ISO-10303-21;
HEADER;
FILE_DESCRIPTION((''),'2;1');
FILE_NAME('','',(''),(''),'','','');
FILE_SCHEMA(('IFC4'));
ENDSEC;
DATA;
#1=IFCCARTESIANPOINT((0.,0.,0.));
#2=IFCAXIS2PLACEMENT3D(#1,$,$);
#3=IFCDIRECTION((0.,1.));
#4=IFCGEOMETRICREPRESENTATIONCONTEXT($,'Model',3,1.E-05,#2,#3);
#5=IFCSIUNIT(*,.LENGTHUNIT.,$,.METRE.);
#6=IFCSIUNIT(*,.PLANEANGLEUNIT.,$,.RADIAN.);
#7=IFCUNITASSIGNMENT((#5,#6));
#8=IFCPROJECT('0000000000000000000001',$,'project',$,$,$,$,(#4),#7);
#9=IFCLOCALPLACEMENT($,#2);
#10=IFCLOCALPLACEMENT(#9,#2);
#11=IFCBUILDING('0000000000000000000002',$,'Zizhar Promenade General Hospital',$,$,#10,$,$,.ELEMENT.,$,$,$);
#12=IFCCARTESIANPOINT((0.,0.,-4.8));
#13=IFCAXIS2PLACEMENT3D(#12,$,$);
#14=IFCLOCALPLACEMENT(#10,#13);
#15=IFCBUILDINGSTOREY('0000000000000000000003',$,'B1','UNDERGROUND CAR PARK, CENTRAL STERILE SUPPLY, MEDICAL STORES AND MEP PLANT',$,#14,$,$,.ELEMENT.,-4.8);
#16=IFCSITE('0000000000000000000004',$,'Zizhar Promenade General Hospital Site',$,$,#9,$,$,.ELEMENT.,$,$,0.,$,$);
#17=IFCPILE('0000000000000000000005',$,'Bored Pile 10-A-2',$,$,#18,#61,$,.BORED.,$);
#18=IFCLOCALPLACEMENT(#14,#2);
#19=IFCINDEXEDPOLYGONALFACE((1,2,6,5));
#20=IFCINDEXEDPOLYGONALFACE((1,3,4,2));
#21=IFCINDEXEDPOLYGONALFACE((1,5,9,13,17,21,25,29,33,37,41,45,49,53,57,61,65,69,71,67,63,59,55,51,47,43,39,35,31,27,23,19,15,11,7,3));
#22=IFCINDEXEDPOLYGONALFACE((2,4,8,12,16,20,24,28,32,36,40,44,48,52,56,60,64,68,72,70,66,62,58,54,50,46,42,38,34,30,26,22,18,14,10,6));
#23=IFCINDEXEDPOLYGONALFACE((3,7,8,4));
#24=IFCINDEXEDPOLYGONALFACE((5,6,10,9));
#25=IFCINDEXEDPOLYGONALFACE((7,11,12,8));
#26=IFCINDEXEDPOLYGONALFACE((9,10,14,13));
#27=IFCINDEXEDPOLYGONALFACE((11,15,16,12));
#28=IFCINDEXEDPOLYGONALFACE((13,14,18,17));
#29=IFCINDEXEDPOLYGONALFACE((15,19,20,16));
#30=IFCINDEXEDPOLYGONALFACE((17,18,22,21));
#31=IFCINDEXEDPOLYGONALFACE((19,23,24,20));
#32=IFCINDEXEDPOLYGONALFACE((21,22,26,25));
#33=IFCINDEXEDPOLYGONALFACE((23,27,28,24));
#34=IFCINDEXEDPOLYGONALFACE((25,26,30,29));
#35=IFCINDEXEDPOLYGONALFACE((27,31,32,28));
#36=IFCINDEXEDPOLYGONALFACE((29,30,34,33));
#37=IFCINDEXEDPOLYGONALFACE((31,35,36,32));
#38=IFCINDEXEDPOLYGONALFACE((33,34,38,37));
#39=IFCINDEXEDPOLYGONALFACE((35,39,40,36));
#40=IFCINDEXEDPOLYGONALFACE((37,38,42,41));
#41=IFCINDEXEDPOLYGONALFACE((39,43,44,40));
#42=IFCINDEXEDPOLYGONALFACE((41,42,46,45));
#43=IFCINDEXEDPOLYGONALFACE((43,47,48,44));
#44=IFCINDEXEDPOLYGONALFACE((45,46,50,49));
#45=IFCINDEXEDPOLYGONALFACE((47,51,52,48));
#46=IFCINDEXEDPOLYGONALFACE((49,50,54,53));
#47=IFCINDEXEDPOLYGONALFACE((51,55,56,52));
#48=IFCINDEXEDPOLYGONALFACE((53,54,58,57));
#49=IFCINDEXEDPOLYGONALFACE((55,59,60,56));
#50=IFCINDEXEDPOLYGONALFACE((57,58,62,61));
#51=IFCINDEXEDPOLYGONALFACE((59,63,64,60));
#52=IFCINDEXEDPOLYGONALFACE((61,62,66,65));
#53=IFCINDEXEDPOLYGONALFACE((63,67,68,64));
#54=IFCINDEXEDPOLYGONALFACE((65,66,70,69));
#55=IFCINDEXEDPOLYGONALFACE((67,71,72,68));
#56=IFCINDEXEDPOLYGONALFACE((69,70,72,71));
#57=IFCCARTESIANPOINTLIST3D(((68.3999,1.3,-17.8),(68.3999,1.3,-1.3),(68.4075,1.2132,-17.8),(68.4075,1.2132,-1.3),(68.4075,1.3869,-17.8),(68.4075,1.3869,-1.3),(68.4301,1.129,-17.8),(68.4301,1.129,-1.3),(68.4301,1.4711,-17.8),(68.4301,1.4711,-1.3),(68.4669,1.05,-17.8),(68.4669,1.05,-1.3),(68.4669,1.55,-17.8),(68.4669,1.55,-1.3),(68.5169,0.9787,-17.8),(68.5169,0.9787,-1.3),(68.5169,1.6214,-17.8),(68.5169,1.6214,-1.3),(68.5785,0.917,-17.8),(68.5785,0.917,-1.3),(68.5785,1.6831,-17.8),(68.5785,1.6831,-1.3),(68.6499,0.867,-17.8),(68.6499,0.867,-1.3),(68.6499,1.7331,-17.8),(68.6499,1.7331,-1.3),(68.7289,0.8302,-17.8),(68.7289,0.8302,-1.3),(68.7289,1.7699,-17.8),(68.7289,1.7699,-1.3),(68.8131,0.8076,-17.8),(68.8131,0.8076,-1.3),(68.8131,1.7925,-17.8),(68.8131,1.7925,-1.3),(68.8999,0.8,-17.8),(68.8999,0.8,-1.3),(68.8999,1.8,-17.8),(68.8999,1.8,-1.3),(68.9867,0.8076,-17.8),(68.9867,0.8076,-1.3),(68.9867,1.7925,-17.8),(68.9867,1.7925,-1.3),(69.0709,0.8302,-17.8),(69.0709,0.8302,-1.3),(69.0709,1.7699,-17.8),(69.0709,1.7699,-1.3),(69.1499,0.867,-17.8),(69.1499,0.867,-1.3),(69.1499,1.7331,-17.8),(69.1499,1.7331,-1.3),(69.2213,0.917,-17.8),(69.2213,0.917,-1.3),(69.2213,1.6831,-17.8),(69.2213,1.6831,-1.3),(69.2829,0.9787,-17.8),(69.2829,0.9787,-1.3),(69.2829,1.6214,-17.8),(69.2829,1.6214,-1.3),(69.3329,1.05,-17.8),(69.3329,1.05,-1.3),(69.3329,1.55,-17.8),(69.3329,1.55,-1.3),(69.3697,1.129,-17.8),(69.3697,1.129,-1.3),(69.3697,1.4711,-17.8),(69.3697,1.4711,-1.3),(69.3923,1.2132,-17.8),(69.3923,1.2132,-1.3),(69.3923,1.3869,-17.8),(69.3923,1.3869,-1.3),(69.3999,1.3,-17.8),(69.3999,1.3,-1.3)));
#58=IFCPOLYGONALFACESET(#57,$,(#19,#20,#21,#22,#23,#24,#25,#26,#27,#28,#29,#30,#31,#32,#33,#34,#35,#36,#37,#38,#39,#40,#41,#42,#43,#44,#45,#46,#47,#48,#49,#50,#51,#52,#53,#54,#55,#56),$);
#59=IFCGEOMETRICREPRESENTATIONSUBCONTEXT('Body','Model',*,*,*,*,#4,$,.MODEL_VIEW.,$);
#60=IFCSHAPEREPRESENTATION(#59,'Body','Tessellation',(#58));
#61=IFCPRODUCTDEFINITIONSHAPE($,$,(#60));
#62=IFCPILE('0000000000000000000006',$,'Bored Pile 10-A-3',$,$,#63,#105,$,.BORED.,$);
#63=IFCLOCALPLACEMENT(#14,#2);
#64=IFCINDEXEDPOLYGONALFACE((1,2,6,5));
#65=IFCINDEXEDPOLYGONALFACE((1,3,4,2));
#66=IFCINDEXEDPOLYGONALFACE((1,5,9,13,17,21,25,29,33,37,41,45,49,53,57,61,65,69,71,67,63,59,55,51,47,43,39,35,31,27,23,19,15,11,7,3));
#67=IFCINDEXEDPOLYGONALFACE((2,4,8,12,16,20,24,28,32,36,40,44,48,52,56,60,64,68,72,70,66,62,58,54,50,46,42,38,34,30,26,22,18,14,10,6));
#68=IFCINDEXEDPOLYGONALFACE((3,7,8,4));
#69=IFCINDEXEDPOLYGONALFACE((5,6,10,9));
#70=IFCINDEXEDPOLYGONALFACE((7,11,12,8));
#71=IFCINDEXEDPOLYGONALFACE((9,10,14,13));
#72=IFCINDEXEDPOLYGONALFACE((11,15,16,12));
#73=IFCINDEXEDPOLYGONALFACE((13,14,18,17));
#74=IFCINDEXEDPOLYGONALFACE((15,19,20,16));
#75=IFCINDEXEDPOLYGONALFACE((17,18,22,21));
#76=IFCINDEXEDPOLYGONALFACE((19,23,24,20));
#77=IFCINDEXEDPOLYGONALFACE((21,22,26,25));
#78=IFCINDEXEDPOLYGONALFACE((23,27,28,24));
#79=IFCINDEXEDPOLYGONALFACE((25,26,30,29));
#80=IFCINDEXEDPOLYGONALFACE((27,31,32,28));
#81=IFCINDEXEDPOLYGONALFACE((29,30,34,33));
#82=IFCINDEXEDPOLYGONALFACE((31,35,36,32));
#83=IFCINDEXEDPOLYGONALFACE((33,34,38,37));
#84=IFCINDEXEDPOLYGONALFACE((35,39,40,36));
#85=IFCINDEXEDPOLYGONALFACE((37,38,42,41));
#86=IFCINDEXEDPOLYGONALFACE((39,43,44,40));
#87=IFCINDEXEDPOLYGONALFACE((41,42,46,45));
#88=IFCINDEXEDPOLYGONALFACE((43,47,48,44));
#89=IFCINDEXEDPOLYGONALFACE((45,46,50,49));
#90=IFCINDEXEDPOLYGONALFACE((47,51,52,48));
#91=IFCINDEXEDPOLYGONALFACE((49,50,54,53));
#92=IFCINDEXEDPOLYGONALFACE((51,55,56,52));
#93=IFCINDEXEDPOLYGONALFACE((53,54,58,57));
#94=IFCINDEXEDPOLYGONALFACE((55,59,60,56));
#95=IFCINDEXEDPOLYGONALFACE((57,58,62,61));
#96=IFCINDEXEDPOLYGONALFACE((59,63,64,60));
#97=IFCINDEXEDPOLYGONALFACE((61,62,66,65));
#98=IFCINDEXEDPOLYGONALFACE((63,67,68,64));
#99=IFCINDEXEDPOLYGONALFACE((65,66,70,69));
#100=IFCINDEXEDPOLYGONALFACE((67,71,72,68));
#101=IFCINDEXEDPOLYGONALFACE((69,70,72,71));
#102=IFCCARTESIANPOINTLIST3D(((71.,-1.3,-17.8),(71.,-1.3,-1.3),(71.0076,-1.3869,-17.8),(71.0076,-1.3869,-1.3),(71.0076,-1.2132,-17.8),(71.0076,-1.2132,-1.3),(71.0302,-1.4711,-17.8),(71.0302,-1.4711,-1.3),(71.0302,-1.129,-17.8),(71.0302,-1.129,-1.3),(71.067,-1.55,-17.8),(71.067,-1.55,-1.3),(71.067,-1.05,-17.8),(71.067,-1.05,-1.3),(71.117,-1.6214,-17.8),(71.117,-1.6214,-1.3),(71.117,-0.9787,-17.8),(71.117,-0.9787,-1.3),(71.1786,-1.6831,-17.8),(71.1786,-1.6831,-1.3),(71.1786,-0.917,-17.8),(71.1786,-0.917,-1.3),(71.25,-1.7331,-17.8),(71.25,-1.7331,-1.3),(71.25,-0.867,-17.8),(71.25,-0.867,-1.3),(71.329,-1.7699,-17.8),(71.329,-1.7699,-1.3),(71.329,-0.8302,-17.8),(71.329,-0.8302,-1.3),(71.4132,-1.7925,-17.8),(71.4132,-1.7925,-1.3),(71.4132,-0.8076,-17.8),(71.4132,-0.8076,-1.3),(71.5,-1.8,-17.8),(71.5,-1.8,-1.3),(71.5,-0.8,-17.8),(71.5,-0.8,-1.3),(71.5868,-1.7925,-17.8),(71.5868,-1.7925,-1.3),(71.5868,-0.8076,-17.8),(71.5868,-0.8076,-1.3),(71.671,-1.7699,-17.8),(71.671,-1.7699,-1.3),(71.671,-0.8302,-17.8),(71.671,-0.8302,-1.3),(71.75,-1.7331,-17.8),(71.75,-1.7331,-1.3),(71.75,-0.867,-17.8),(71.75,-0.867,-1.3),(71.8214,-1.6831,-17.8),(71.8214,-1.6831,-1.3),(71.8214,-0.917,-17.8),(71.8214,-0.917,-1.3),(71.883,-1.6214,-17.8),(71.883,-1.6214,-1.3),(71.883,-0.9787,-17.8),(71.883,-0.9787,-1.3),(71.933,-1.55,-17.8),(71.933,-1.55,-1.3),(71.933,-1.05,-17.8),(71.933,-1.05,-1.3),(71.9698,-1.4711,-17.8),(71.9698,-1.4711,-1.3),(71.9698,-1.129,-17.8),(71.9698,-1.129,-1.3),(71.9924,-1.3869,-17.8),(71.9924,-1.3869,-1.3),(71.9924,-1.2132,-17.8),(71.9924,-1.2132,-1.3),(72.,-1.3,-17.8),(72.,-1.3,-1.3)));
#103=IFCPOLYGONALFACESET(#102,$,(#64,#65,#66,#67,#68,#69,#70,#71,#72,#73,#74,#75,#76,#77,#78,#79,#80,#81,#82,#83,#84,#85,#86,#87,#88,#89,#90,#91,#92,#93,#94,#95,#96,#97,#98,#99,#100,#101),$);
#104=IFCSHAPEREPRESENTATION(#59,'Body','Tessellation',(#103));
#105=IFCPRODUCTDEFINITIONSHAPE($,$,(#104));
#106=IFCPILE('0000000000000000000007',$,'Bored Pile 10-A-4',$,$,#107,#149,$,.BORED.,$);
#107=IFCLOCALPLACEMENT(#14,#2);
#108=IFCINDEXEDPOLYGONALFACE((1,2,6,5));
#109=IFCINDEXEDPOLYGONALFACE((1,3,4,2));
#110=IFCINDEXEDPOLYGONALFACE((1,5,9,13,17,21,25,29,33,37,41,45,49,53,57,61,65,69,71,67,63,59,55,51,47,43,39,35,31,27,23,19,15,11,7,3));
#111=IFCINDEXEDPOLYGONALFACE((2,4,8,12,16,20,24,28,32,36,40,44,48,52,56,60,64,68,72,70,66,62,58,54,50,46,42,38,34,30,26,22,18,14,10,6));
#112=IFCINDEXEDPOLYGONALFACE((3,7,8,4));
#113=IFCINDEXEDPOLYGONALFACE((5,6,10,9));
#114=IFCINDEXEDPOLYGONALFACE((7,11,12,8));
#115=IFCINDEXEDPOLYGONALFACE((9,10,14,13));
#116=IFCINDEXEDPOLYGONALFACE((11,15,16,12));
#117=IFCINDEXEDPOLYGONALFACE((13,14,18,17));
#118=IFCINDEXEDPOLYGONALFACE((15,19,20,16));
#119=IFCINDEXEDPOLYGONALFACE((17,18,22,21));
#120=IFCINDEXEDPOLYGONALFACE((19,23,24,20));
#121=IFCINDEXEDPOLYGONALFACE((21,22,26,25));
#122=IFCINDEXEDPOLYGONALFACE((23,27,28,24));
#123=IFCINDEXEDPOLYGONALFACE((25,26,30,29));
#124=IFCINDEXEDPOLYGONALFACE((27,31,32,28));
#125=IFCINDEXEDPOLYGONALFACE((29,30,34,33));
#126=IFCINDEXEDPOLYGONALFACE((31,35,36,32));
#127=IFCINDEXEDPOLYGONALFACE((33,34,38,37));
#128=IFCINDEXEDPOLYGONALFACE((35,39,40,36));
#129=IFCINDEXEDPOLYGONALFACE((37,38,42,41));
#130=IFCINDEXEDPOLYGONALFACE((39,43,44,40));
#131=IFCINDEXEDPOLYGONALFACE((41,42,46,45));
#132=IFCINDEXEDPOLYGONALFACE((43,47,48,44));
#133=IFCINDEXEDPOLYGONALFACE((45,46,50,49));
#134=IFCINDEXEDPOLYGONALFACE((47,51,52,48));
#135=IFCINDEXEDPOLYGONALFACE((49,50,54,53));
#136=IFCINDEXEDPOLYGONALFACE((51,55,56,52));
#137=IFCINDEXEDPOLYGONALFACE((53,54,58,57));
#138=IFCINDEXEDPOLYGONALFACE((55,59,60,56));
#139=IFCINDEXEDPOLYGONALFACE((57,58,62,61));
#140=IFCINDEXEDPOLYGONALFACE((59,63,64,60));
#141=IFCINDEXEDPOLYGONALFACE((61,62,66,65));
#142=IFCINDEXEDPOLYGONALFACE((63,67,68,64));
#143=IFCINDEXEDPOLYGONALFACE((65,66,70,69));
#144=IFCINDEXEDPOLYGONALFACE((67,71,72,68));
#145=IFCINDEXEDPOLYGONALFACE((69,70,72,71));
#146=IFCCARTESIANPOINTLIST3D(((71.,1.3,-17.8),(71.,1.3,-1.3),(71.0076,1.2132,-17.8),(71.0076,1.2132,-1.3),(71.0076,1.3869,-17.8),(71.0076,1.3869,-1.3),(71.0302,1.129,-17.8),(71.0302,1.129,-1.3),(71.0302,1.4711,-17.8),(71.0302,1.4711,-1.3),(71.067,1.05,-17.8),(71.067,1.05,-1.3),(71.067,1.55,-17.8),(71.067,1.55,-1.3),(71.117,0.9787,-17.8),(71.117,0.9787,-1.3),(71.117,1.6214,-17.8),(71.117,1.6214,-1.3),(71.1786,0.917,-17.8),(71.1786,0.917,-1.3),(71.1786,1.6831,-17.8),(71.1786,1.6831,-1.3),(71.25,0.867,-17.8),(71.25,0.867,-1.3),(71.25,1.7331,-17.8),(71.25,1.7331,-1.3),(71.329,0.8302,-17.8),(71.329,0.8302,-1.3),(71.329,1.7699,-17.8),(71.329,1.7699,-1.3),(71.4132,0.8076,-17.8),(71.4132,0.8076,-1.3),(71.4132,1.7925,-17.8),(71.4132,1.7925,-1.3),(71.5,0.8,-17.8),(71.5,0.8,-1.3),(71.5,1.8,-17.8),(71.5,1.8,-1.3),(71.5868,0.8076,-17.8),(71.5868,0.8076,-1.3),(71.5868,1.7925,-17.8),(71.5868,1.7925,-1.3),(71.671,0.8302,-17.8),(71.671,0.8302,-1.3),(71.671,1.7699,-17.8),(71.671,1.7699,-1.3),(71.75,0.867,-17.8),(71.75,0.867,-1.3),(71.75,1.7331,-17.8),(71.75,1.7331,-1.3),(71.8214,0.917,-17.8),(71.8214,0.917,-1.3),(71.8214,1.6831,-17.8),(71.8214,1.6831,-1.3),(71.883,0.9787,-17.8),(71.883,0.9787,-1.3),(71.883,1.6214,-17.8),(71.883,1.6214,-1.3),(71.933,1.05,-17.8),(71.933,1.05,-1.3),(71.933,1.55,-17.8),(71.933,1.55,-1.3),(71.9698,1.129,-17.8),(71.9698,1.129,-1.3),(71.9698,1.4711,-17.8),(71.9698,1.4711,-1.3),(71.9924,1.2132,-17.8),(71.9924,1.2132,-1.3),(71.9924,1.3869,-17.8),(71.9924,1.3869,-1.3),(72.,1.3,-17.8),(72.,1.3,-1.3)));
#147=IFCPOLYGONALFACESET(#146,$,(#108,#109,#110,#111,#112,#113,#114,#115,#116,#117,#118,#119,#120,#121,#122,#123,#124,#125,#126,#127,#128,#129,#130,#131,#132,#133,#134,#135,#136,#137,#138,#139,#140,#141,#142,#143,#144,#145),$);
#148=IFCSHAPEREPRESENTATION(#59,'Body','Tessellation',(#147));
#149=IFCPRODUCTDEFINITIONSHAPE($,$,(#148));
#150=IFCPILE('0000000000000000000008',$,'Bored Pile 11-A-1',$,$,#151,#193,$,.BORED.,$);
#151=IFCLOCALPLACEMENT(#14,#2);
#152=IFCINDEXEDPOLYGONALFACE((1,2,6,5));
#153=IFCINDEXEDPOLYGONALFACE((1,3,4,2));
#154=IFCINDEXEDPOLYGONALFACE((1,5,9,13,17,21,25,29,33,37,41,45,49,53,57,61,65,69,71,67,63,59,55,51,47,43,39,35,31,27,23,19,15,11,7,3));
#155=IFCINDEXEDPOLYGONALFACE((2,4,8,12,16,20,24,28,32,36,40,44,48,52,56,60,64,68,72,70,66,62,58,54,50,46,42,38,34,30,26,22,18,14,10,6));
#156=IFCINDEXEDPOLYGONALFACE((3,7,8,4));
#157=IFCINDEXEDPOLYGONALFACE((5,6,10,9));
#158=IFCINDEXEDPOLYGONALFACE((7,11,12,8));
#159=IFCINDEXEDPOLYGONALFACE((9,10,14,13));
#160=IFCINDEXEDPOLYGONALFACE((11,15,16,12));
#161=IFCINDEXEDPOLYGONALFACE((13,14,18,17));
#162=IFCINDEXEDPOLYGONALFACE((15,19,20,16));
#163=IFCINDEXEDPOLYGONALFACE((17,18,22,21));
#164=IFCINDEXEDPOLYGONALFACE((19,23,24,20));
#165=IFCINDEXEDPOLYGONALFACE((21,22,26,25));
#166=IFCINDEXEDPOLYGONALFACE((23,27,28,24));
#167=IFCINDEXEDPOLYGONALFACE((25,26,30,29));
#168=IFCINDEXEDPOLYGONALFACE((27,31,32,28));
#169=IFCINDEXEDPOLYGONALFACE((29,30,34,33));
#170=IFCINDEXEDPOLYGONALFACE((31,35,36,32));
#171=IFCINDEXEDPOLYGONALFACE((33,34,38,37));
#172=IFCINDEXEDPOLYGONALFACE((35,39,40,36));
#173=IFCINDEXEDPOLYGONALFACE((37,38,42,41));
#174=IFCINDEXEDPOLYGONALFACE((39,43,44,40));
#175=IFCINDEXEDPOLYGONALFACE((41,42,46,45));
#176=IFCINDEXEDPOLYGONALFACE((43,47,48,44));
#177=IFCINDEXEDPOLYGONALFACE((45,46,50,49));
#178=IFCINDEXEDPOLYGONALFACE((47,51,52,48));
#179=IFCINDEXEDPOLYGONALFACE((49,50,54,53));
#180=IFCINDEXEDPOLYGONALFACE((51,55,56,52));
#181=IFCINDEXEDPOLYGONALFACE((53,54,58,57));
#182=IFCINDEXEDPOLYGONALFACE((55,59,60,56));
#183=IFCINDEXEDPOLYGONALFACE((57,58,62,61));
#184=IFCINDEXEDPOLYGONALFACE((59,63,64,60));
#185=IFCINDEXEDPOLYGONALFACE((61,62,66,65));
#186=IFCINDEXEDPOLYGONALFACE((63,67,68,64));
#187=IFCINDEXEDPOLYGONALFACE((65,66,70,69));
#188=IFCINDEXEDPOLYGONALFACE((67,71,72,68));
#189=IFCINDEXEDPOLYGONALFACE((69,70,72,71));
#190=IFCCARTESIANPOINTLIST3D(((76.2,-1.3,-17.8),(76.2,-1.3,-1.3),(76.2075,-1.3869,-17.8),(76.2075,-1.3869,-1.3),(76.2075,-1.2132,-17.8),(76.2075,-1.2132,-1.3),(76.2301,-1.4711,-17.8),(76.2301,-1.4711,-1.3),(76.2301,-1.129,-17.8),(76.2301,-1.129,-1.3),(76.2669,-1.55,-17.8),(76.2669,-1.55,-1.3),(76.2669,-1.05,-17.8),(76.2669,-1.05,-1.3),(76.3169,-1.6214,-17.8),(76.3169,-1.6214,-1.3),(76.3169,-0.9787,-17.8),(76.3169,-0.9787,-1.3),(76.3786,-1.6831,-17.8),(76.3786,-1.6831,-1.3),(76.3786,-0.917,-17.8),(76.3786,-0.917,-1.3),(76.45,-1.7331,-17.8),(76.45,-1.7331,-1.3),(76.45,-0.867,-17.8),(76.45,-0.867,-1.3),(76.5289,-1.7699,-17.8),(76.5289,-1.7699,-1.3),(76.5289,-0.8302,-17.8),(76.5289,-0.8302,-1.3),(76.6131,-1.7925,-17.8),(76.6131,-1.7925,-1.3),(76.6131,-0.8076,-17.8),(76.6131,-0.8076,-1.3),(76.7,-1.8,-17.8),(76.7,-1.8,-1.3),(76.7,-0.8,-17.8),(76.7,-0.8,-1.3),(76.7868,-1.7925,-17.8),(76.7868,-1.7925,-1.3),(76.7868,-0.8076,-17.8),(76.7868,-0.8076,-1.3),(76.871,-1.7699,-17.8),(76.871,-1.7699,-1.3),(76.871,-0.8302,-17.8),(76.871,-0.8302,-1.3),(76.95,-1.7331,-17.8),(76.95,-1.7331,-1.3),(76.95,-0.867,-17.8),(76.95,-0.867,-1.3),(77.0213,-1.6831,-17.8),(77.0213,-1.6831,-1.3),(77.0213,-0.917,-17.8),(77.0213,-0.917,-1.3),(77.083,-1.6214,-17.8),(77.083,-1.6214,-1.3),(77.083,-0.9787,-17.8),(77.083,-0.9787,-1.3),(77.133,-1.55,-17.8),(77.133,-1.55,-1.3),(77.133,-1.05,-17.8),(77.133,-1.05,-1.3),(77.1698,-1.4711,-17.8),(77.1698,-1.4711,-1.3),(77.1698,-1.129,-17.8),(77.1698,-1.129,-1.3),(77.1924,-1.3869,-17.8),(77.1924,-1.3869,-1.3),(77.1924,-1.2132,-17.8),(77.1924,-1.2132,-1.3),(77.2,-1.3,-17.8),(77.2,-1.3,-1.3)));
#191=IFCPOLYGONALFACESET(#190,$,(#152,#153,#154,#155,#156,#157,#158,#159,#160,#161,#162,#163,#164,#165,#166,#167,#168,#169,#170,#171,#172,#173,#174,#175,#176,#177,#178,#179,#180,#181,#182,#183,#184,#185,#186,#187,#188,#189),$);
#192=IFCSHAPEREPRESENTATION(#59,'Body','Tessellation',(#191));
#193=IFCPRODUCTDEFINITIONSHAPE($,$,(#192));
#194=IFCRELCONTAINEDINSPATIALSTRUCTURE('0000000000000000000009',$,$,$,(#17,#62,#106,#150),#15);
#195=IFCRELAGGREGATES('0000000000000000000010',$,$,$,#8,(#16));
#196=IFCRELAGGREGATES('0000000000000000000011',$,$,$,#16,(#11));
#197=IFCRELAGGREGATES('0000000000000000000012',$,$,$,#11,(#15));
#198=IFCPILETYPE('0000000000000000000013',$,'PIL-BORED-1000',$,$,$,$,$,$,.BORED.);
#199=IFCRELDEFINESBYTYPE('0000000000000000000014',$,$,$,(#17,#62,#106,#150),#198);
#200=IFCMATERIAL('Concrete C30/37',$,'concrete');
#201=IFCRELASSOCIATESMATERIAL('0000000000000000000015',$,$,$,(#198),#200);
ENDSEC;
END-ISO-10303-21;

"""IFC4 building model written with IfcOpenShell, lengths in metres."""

from ifc_helpers import new_model, si_unit, direction, frame, origin, origin_2d, place, context, subcontext, project, spatial, circle, extrude, material, material_profile, profile_set, type_object, element, save


model = new_model("IFC4")

# Units and contexts
model_context = context("Model", 3, precision=1e-05, world=origin(), true_north=direction((0.0, 1.0)))
body_context = subcontext(model_context, "Body", "Model", "MODEL_VIEW")
ifc_project = project(units=[si_unit("LENGTHUNIT", "METRE"), si_unit("PLANEANGLEUNIT", "RADIAN")], contexts=[model_context])

# Site, building, storey
site_placement = place(None, origin())
site = spatial("IfcSite", under=ifc_project, at=site_placement, Name="Zizhar Promenade General Hospital Site", CompositionType="ELEMENT", RefElevation=0.0)
building_placement = place(site_placement, origin())
building = spatial("IfcBuilding", under=site, at=building_placement, Name="Zizhar Promenade General Hospital", CompositionType="ELEMENT")
storey_placement = place(building_placement, frame((0.0, 0.0, -4.8)))
storey = spatial("IfcBuildingStorey", under=building, at=storey_placement, Name="B1", Description="UNDERGROUND CAR PARK, CENTRAL STERILE SUPPLY, MEDICAL STORES AND MEP PLANT", CompositionType="ELEMENT", Elevation=-4.8)

# Piles
ifc_material_1 = material(Name="Concrete C30/37", Category="concrete")
ifc_material_profile_1 = material_profile(ifc_material_1, circle(Radius=0.5, at=origin_2d()))
ifc_profile_set_1 = profile_set([ifc_material_profile_1], Name="Concrete C30/37")
pile_type = type_object("IfcPileType", Name="PIL-BORED-1000", PredefinedType="BORED", material=ifc_profile_set_1)
for number, where, z_axis, x_axis, name in (
    (1, (68.8999, 1.3, -1.3), (0.0, 0.0, -1.0), (1.0, 0.0, 0.0), "Bored Pile 10-A-2"),
    (2, (71.5, -1.3, -1.3), (0.0, 0.0, -1.0), (1.0, 0.0, 0.0), "Bored Pile 10-A-3"),
    (3, (71.5, 1.3, -1.3), (0.0, 0.0, -1.0), (1.0, 0.0, 0.0), "Bored Pile 10-A-4"),
    (4, (76.7, -1.3, -1.3), (0.0, 0.0, -1.0), (1.0, 0.0, 0.0), "Bored Pile 11-A-1"),
):
    element("IfcPile", number, at=place(storey_placement, frame(where, z_axis=z_axis, x_axis=x_axis)), inside=storey, type_object=pile_type, Name=name, PredefinedType="BORED", context=body_context, shape_type="SweptSolid", body=[
        extrude(circle(Radius=0.5, at=origin_2d()), origin(), (0.0, 0.0, 1.0), 16.5),
    ])

save(model, "model.ifc")
